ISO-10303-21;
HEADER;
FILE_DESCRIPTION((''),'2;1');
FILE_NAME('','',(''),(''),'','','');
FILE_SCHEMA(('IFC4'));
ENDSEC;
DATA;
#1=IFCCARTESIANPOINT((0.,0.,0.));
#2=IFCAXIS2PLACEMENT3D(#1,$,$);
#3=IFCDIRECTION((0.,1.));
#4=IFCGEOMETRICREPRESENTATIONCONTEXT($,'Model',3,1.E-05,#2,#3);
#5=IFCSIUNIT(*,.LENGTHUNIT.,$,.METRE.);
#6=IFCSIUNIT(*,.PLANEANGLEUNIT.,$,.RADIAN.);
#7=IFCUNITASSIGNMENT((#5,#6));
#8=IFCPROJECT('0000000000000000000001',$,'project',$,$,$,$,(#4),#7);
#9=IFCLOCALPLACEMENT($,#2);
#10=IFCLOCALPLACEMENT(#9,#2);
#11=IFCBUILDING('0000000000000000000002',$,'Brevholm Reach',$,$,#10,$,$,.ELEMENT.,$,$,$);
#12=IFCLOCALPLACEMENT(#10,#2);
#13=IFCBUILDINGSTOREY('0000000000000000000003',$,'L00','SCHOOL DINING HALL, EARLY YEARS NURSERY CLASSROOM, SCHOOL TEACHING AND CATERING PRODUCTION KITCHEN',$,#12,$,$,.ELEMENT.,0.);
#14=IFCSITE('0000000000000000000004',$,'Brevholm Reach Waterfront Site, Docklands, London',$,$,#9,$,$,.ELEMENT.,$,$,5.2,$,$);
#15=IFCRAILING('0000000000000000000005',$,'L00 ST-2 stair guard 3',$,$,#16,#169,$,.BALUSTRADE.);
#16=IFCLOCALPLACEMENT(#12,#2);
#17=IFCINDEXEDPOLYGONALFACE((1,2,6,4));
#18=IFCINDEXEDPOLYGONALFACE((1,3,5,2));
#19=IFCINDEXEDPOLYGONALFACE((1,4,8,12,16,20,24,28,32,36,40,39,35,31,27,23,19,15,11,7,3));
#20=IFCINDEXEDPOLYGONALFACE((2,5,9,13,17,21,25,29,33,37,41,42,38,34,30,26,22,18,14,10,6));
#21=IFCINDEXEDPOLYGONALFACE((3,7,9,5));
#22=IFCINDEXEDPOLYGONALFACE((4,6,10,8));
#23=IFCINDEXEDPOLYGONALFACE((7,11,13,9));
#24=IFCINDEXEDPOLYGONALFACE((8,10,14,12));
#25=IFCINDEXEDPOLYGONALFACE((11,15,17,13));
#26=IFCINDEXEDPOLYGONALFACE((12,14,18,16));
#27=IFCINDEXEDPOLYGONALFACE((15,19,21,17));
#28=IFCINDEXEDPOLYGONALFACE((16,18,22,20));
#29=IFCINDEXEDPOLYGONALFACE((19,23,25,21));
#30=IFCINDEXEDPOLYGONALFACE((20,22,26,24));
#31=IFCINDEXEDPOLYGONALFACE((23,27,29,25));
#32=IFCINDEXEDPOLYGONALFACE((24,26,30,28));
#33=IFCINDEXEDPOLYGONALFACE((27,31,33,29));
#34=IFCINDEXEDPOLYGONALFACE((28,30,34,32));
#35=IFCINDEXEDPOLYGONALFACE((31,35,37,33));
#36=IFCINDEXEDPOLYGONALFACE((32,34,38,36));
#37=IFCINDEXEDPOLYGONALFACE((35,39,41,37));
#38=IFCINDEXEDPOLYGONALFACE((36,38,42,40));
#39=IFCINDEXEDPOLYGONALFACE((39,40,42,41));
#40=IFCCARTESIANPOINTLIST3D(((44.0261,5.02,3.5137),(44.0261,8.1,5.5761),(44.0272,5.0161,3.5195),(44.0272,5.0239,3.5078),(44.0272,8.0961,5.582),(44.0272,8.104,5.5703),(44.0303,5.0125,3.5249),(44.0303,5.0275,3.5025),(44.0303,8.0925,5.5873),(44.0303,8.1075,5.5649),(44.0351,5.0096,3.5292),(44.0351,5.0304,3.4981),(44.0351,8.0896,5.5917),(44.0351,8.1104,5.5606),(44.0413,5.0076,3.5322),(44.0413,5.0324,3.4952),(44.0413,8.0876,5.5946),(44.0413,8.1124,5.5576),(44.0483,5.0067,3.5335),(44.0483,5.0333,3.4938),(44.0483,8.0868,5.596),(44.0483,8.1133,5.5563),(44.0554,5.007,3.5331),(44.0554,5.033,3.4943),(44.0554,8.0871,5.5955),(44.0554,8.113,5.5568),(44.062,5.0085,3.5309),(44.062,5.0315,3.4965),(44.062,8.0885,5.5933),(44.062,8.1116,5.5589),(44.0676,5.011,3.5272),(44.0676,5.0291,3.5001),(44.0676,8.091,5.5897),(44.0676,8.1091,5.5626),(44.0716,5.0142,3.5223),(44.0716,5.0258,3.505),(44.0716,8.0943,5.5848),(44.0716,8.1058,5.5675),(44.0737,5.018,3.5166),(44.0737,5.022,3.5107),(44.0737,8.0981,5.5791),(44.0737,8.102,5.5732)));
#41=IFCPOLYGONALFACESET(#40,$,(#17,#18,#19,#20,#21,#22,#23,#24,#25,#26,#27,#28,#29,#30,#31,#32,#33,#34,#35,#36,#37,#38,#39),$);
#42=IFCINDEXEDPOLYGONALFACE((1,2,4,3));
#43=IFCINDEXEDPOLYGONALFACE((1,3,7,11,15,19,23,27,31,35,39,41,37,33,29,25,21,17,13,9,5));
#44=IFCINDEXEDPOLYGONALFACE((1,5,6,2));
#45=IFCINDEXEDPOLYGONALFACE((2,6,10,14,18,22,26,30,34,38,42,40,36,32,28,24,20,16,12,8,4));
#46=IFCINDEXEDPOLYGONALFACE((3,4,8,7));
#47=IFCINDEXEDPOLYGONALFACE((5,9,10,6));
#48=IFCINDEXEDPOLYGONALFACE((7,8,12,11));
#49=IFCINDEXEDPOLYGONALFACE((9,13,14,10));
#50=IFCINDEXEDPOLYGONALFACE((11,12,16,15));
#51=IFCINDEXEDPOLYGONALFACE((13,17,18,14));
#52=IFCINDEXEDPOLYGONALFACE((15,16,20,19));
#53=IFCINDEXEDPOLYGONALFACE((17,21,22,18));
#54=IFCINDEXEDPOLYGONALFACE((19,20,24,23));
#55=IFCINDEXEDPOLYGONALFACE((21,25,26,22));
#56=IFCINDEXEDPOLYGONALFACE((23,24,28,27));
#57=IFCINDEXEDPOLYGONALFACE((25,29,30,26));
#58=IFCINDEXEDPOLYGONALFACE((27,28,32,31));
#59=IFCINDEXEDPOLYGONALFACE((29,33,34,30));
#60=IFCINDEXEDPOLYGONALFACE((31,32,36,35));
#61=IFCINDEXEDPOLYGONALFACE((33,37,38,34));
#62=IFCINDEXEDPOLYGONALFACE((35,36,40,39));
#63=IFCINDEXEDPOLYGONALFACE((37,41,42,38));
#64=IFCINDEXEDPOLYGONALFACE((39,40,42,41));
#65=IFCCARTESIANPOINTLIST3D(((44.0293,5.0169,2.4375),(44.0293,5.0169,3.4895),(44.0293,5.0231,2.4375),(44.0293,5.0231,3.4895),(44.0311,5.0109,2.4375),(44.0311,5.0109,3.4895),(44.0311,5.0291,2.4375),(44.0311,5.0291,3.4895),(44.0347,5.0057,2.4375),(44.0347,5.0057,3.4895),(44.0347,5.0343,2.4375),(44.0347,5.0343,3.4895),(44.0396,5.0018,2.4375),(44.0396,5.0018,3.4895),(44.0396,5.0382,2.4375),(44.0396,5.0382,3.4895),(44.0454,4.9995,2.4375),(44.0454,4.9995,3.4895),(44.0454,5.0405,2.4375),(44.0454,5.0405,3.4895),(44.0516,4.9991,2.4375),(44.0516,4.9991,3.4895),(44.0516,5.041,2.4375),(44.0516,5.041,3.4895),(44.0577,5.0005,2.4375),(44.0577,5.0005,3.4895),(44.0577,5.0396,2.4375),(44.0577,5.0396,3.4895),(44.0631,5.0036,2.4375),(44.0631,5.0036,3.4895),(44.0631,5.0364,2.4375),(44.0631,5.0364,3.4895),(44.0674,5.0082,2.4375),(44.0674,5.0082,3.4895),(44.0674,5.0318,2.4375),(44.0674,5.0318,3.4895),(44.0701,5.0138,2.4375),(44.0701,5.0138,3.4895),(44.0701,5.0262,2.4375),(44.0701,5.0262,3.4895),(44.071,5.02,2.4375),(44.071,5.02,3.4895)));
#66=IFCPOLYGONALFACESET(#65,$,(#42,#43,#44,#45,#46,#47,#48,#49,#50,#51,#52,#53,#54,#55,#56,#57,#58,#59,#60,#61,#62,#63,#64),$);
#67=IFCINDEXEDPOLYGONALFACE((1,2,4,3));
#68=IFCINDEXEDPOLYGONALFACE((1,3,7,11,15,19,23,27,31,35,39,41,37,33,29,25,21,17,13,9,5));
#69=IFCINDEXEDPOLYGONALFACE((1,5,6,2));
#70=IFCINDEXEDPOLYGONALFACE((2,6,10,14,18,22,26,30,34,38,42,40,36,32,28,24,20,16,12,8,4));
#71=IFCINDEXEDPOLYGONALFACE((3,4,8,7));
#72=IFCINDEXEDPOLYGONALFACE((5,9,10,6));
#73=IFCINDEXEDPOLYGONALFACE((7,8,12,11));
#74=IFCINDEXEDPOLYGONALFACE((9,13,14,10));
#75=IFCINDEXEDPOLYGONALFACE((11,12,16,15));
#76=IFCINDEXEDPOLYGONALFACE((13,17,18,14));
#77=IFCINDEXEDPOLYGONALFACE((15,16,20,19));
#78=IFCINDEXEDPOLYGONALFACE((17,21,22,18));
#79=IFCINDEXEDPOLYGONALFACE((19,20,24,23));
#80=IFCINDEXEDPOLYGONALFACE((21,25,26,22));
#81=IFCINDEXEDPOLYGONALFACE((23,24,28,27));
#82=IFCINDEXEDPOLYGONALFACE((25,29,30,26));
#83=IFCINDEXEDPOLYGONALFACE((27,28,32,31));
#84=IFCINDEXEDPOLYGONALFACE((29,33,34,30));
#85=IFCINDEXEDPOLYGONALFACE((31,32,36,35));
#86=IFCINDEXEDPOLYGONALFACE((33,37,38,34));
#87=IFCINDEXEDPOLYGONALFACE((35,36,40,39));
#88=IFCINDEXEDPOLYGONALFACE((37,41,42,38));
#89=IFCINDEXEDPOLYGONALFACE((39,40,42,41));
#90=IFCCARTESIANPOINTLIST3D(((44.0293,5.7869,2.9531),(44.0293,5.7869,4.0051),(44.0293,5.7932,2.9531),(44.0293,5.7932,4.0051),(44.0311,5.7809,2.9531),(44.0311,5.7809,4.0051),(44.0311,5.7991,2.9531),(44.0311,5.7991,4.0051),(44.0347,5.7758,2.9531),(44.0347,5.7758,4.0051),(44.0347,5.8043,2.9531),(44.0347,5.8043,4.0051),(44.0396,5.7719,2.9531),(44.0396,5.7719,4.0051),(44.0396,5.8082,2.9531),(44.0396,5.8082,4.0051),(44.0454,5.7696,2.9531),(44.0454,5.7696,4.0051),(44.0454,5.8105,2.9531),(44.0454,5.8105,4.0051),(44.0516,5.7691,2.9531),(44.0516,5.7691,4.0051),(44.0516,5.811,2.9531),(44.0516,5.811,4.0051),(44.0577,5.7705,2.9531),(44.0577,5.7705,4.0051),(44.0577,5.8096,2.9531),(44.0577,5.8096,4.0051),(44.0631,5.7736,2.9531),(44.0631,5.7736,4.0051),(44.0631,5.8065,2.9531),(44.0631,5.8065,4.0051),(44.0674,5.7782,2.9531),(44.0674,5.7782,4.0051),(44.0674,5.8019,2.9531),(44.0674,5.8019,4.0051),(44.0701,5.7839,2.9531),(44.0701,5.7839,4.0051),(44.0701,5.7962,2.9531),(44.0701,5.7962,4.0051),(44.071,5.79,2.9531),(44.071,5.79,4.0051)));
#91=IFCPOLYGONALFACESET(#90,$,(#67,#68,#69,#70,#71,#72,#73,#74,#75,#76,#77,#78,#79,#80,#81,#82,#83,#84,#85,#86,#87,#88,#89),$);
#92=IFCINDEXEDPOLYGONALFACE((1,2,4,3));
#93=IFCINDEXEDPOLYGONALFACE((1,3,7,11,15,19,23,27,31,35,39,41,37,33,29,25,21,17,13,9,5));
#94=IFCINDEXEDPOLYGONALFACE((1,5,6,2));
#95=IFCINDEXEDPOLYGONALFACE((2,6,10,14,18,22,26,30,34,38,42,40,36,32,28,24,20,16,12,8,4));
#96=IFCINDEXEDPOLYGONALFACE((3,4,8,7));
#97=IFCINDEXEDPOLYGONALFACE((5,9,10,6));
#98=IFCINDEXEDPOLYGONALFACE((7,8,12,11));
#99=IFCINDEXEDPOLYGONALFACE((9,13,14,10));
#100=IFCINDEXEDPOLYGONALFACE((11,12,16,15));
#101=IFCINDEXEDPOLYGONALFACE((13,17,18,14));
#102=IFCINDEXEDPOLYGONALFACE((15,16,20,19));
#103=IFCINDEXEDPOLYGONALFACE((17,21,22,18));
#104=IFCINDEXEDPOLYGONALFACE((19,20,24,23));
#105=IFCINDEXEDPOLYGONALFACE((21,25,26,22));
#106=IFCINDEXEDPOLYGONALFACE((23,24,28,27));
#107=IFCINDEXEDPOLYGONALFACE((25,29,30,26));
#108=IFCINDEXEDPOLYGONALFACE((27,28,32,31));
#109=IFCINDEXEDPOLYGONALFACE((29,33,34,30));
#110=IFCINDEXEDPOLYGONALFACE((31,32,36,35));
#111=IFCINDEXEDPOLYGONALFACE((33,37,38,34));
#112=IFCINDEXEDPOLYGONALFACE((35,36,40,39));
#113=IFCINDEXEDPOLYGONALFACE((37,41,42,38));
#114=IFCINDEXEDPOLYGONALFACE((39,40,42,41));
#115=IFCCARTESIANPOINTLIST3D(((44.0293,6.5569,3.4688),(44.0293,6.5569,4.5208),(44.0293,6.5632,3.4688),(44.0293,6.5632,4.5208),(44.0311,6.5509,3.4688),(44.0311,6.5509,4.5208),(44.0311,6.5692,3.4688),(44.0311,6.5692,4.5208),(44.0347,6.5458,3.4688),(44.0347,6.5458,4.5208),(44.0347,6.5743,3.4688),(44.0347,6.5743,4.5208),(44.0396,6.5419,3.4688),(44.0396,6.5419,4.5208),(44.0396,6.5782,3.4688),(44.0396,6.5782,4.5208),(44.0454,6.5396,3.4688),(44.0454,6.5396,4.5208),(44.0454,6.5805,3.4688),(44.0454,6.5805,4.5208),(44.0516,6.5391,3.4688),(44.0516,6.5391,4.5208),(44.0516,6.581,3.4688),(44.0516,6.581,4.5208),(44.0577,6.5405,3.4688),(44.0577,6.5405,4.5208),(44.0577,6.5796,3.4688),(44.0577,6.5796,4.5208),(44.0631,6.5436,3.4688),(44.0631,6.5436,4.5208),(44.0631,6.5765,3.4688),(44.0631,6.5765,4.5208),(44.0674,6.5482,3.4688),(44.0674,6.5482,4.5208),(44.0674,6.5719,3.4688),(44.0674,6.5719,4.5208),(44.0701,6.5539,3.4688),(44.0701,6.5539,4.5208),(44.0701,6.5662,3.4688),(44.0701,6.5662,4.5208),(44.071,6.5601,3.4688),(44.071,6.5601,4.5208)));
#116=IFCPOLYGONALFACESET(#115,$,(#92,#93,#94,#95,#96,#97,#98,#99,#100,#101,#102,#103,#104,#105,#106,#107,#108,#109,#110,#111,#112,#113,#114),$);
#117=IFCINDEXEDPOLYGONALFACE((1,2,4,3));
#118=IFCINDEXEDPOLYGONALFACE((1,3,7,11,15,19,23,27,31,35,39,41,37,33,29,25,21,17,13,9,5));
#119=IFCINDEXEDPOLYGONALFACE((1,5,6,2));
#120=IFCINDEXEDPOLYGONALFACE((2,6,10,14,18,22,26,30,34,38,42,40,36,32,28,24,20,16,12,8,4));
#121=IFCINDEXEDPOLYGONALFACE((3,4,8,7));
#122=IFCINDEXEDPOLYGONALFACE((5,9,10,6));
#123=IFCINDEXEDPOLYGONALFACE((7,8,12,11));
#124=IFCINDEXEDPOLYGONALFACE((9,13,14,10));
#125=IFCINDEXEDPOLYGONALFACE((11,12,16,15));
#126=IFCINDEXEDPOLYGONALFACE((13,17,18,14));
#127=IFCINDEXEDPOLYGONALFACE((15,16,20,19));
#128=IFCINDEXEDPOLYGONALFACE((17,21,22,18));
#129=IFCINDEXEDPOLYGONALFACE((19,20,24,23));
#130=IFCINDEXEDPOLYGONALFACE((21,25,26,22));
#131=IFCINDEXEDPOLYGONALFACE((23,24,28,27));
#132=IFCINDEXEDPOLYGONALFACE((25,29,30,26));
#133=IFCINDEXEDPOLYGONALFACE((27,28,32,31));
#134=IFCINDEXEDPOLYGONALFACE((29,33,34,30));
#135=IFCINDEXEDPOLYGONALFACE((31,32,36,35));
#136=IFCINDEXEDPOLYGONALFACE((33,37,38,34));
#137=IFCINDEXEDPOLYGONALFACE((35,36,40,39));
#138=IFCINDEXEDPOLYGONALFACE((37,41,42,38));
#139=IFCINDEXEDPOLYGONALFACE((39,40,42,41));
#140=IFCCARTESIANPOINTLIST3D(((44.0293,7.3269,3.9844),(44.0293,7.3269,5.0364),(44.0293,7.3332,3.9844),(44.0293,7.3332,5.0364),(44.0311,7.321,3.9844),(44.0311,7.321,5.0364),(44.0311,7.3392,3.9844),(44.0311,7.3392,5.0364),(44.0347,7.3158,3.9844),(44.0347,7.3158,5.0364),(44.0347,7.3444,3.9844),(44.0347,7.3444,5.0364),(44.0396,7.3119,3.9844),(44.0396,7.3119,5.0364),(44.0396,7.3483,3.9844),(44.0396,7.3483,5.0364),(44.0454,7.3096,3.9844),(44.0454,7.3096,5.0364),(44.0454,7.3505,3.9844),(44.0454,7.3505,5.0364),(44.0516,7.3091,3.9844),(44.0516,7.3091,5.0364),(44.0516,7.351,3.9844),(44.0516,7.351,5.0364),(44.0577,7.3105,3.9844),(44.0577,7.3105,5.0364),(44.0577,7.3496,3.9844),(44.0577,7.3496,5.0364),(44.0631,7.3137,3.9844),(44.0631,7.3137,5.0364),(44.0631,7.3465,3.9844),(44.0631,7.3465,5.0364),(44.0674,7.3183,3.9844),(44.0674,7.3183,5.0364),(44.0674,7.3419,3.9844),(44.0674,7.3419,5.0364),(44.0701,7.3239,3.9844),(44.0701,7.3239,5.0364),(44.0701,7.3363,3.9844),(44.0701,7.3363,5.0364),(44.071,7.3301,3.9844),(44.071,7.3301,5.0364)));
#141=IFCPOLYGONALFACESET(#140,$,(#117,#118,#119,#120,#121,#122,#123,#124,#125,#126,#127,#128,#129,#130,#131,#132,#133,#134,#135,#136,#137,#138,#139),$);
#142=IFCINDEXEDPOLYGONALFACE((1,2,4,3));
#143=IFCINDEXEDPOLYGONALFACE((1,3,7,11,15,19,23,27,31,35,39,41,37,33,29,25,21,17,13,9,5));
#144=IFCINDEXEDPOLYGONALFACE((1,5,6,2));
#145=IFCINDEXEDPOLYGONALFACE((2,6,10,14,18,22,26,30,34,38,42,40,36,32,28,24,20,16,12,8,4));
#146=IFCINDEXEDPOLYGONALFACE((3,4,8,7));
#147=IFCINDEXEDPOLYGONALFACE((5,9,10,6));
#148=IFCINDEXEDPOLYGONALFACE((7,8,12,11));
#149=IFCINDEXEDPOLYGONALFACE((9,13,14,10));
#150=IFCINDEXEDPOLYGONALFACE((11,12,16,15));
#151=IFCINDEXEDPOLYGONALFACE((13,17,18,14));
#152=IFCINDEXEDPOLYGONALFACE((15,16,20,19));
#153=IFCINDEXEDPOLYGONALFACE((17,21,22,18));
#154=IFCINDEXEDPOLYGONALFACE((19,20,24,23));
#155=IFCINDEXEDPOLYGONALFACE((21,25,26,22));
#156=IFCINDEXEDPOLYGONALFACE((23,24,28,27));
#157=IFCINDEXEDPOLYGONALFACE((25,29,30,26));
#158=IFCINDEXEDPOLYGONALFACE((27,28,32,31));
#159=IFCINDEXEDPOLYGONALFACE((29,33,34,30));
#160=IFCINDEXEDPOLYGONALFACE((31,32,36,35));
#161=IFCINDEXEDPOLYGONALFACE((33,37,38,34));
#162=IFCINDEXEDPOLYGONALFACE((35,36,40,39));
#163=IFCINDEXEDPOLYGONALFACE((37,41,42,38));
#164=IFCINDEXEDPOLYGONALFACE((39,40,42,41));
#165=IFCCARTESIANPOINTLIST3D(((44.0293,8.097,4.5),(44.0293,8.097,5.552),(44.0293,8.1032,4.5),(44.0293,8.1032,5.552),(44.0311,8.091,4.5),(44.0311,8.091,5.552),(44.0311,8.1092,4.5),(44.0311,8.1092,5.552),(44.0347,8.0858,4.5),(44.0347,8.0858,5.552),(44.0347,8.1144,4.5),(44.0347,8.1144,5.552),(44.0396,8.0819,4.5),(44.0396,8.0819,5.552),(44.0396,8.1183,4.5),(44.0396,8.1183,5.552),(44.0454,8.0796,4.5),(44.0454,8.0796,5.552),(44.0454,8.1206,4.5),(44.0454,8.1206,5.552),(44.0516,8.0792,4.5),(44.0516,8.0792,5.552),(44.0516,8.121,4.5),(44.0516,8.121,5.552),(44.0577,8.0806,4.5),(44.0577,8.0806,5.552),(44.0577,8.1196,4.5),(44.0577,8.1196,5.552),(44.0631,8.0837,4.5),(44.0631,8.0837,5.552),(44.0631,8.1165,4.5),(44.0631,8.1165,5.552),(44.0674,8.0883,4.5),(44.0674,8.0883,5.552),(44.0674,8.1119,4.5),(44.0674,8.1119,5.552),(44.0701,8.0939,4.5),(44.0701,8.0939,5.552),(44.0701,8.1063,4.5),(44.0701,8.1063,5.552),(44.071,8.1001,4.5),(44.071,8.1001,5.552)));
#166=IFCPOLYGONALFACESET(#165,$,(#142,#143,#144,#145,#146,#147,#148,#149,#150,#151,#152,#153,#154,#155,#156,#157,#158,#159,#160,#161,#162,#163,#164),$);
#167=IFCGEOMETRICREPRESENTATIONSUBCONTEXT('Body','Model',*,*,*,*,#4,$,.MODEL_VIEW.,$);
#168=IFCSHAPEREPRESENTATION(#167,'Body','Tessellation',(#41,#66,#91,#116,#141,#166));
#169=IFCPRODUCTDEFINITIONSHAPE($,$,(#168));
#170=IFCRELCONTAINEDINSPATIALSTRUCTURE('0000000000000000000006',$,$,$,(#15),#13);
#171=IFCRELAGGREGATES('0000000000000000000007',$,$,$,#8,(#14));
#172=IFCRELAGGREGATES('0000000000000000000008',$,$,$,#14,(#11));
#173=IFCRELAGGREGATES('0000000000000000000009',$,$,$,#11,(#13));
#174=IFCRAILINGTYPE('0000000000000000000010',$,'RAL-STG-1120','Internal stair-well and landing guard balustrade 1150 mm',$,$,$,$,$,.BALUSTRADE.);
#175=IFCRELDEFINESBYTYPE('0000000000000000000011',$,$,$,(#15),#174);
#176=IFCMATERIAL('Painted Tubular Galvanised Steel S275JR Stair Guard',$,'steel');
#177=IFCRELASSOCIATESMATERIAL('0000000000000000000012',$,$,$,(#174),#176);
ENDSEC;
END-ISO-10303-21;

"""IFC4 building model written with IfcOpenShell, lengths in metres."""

from ifc_helpers import new_model, si_unit, direction, frame, origin, origin_2d, place, context, subcontext, project, spatial, circle, extrude, material, type_object, element, save


model = new_model("IFC4")

# Units and contexts
model_context = context("Model", 3, precision=1e-05, world=origin(), true_north=direction((0.0, 1.0)))
body_context = subcontext(model_context, "Body", "Model", "MODEL_VIEW")
ifc_project = project(units=[si_unit("LENGTHUNIT", "METRE"), si_unit("PLANEANGLEUNIT", "RADIAN")], contexts=[model_context])

# Site, building, storey
site_placement = place(None, origin())
site = spatial("IfcSite", under=ifc_project, at=site_placement, Name="Brevholm Reach Waterfront Site, Docklands, London", CompositionType="ELEMENT", RefElevation=5.2)
building_placement = place(site_placement, origin())
building = spatial("IfcBuilding", under=site, at=building_placement, Name="Brevholm Reach", CompositionType="ELEMENT")
storey_placement = place(building_placement, origin())
storey = spatial("IfcBuildingStorey", under=building, at=storey_placement, Name="L00", Description="SCHOOL DINING HALL, EARLY YEARS NURSERY CLASSROOM, SCHOOL TEACHING AND CATERING PRODUCTION KITCHEN", CompositionType="ELEMENT", Elevation=0.0)

# Railing
ifc_material_1 = material(Name="Painted Tubular Galvanised Steel S275JR Stair Guard", Category="steel")
railing_type_1 = type_object("IfcRailingType", Name="RAL-STG-1120", Description="Internal stair-well and landing guard balustrade 1150 mm", PredefinedType="BALUSTRADE", material=ifc_material_1)
railing_1_placement = place(storey_placement, frame((44.05, 5.02, 2.4375)))
element("IfcRailing", 1, at=railing_1_placement, inside=storey, type_object=railing_type_1, Name="L00 ST-2 stair guard 3", PredefinedType="BALUSTRADE", context=body_context, shape_type="SweptSolid", body=[
    extrude(circle(Radius=0.0239, at=origin_2d()), frame((0.0, 0.0, 1.0762), z_axis=(0.0, 0.830914, 0.556401), x_axis=(-1.0, 0.0, 0.0)), (0.0, 0.0, 1.0), 3.7068),
    extrude(circle(Radius=0.021, at=origin_2d()), origin(), (0.0, 0.0, 1.0), 1.052),
    extrude(circle(Radius=0.021, at=origin_2d()), frame((0.0, 0.77, 0.5156)), (0.0, 0.0, 1.0), 1.052),
    extrude(circle(Radius=0.021, at=origin_2d()), frame((0.0, 1.54, 1.0312)), (0.0, 0.0, 1.0), 1.052),
    extrude(circle(Radius=0.021, at=origin_2d()), frame((0.0, 2.3101, 1.5469)), (0.0, 0.0, 1.0), 1.052),
    extrude(circle(Radius=0.021, at=origin_2d()), frame((0.0, 3.0801, 2.0625)), (0.0, 0.0, 1.0), 1.052),
])

save(model, "model.ifc")
